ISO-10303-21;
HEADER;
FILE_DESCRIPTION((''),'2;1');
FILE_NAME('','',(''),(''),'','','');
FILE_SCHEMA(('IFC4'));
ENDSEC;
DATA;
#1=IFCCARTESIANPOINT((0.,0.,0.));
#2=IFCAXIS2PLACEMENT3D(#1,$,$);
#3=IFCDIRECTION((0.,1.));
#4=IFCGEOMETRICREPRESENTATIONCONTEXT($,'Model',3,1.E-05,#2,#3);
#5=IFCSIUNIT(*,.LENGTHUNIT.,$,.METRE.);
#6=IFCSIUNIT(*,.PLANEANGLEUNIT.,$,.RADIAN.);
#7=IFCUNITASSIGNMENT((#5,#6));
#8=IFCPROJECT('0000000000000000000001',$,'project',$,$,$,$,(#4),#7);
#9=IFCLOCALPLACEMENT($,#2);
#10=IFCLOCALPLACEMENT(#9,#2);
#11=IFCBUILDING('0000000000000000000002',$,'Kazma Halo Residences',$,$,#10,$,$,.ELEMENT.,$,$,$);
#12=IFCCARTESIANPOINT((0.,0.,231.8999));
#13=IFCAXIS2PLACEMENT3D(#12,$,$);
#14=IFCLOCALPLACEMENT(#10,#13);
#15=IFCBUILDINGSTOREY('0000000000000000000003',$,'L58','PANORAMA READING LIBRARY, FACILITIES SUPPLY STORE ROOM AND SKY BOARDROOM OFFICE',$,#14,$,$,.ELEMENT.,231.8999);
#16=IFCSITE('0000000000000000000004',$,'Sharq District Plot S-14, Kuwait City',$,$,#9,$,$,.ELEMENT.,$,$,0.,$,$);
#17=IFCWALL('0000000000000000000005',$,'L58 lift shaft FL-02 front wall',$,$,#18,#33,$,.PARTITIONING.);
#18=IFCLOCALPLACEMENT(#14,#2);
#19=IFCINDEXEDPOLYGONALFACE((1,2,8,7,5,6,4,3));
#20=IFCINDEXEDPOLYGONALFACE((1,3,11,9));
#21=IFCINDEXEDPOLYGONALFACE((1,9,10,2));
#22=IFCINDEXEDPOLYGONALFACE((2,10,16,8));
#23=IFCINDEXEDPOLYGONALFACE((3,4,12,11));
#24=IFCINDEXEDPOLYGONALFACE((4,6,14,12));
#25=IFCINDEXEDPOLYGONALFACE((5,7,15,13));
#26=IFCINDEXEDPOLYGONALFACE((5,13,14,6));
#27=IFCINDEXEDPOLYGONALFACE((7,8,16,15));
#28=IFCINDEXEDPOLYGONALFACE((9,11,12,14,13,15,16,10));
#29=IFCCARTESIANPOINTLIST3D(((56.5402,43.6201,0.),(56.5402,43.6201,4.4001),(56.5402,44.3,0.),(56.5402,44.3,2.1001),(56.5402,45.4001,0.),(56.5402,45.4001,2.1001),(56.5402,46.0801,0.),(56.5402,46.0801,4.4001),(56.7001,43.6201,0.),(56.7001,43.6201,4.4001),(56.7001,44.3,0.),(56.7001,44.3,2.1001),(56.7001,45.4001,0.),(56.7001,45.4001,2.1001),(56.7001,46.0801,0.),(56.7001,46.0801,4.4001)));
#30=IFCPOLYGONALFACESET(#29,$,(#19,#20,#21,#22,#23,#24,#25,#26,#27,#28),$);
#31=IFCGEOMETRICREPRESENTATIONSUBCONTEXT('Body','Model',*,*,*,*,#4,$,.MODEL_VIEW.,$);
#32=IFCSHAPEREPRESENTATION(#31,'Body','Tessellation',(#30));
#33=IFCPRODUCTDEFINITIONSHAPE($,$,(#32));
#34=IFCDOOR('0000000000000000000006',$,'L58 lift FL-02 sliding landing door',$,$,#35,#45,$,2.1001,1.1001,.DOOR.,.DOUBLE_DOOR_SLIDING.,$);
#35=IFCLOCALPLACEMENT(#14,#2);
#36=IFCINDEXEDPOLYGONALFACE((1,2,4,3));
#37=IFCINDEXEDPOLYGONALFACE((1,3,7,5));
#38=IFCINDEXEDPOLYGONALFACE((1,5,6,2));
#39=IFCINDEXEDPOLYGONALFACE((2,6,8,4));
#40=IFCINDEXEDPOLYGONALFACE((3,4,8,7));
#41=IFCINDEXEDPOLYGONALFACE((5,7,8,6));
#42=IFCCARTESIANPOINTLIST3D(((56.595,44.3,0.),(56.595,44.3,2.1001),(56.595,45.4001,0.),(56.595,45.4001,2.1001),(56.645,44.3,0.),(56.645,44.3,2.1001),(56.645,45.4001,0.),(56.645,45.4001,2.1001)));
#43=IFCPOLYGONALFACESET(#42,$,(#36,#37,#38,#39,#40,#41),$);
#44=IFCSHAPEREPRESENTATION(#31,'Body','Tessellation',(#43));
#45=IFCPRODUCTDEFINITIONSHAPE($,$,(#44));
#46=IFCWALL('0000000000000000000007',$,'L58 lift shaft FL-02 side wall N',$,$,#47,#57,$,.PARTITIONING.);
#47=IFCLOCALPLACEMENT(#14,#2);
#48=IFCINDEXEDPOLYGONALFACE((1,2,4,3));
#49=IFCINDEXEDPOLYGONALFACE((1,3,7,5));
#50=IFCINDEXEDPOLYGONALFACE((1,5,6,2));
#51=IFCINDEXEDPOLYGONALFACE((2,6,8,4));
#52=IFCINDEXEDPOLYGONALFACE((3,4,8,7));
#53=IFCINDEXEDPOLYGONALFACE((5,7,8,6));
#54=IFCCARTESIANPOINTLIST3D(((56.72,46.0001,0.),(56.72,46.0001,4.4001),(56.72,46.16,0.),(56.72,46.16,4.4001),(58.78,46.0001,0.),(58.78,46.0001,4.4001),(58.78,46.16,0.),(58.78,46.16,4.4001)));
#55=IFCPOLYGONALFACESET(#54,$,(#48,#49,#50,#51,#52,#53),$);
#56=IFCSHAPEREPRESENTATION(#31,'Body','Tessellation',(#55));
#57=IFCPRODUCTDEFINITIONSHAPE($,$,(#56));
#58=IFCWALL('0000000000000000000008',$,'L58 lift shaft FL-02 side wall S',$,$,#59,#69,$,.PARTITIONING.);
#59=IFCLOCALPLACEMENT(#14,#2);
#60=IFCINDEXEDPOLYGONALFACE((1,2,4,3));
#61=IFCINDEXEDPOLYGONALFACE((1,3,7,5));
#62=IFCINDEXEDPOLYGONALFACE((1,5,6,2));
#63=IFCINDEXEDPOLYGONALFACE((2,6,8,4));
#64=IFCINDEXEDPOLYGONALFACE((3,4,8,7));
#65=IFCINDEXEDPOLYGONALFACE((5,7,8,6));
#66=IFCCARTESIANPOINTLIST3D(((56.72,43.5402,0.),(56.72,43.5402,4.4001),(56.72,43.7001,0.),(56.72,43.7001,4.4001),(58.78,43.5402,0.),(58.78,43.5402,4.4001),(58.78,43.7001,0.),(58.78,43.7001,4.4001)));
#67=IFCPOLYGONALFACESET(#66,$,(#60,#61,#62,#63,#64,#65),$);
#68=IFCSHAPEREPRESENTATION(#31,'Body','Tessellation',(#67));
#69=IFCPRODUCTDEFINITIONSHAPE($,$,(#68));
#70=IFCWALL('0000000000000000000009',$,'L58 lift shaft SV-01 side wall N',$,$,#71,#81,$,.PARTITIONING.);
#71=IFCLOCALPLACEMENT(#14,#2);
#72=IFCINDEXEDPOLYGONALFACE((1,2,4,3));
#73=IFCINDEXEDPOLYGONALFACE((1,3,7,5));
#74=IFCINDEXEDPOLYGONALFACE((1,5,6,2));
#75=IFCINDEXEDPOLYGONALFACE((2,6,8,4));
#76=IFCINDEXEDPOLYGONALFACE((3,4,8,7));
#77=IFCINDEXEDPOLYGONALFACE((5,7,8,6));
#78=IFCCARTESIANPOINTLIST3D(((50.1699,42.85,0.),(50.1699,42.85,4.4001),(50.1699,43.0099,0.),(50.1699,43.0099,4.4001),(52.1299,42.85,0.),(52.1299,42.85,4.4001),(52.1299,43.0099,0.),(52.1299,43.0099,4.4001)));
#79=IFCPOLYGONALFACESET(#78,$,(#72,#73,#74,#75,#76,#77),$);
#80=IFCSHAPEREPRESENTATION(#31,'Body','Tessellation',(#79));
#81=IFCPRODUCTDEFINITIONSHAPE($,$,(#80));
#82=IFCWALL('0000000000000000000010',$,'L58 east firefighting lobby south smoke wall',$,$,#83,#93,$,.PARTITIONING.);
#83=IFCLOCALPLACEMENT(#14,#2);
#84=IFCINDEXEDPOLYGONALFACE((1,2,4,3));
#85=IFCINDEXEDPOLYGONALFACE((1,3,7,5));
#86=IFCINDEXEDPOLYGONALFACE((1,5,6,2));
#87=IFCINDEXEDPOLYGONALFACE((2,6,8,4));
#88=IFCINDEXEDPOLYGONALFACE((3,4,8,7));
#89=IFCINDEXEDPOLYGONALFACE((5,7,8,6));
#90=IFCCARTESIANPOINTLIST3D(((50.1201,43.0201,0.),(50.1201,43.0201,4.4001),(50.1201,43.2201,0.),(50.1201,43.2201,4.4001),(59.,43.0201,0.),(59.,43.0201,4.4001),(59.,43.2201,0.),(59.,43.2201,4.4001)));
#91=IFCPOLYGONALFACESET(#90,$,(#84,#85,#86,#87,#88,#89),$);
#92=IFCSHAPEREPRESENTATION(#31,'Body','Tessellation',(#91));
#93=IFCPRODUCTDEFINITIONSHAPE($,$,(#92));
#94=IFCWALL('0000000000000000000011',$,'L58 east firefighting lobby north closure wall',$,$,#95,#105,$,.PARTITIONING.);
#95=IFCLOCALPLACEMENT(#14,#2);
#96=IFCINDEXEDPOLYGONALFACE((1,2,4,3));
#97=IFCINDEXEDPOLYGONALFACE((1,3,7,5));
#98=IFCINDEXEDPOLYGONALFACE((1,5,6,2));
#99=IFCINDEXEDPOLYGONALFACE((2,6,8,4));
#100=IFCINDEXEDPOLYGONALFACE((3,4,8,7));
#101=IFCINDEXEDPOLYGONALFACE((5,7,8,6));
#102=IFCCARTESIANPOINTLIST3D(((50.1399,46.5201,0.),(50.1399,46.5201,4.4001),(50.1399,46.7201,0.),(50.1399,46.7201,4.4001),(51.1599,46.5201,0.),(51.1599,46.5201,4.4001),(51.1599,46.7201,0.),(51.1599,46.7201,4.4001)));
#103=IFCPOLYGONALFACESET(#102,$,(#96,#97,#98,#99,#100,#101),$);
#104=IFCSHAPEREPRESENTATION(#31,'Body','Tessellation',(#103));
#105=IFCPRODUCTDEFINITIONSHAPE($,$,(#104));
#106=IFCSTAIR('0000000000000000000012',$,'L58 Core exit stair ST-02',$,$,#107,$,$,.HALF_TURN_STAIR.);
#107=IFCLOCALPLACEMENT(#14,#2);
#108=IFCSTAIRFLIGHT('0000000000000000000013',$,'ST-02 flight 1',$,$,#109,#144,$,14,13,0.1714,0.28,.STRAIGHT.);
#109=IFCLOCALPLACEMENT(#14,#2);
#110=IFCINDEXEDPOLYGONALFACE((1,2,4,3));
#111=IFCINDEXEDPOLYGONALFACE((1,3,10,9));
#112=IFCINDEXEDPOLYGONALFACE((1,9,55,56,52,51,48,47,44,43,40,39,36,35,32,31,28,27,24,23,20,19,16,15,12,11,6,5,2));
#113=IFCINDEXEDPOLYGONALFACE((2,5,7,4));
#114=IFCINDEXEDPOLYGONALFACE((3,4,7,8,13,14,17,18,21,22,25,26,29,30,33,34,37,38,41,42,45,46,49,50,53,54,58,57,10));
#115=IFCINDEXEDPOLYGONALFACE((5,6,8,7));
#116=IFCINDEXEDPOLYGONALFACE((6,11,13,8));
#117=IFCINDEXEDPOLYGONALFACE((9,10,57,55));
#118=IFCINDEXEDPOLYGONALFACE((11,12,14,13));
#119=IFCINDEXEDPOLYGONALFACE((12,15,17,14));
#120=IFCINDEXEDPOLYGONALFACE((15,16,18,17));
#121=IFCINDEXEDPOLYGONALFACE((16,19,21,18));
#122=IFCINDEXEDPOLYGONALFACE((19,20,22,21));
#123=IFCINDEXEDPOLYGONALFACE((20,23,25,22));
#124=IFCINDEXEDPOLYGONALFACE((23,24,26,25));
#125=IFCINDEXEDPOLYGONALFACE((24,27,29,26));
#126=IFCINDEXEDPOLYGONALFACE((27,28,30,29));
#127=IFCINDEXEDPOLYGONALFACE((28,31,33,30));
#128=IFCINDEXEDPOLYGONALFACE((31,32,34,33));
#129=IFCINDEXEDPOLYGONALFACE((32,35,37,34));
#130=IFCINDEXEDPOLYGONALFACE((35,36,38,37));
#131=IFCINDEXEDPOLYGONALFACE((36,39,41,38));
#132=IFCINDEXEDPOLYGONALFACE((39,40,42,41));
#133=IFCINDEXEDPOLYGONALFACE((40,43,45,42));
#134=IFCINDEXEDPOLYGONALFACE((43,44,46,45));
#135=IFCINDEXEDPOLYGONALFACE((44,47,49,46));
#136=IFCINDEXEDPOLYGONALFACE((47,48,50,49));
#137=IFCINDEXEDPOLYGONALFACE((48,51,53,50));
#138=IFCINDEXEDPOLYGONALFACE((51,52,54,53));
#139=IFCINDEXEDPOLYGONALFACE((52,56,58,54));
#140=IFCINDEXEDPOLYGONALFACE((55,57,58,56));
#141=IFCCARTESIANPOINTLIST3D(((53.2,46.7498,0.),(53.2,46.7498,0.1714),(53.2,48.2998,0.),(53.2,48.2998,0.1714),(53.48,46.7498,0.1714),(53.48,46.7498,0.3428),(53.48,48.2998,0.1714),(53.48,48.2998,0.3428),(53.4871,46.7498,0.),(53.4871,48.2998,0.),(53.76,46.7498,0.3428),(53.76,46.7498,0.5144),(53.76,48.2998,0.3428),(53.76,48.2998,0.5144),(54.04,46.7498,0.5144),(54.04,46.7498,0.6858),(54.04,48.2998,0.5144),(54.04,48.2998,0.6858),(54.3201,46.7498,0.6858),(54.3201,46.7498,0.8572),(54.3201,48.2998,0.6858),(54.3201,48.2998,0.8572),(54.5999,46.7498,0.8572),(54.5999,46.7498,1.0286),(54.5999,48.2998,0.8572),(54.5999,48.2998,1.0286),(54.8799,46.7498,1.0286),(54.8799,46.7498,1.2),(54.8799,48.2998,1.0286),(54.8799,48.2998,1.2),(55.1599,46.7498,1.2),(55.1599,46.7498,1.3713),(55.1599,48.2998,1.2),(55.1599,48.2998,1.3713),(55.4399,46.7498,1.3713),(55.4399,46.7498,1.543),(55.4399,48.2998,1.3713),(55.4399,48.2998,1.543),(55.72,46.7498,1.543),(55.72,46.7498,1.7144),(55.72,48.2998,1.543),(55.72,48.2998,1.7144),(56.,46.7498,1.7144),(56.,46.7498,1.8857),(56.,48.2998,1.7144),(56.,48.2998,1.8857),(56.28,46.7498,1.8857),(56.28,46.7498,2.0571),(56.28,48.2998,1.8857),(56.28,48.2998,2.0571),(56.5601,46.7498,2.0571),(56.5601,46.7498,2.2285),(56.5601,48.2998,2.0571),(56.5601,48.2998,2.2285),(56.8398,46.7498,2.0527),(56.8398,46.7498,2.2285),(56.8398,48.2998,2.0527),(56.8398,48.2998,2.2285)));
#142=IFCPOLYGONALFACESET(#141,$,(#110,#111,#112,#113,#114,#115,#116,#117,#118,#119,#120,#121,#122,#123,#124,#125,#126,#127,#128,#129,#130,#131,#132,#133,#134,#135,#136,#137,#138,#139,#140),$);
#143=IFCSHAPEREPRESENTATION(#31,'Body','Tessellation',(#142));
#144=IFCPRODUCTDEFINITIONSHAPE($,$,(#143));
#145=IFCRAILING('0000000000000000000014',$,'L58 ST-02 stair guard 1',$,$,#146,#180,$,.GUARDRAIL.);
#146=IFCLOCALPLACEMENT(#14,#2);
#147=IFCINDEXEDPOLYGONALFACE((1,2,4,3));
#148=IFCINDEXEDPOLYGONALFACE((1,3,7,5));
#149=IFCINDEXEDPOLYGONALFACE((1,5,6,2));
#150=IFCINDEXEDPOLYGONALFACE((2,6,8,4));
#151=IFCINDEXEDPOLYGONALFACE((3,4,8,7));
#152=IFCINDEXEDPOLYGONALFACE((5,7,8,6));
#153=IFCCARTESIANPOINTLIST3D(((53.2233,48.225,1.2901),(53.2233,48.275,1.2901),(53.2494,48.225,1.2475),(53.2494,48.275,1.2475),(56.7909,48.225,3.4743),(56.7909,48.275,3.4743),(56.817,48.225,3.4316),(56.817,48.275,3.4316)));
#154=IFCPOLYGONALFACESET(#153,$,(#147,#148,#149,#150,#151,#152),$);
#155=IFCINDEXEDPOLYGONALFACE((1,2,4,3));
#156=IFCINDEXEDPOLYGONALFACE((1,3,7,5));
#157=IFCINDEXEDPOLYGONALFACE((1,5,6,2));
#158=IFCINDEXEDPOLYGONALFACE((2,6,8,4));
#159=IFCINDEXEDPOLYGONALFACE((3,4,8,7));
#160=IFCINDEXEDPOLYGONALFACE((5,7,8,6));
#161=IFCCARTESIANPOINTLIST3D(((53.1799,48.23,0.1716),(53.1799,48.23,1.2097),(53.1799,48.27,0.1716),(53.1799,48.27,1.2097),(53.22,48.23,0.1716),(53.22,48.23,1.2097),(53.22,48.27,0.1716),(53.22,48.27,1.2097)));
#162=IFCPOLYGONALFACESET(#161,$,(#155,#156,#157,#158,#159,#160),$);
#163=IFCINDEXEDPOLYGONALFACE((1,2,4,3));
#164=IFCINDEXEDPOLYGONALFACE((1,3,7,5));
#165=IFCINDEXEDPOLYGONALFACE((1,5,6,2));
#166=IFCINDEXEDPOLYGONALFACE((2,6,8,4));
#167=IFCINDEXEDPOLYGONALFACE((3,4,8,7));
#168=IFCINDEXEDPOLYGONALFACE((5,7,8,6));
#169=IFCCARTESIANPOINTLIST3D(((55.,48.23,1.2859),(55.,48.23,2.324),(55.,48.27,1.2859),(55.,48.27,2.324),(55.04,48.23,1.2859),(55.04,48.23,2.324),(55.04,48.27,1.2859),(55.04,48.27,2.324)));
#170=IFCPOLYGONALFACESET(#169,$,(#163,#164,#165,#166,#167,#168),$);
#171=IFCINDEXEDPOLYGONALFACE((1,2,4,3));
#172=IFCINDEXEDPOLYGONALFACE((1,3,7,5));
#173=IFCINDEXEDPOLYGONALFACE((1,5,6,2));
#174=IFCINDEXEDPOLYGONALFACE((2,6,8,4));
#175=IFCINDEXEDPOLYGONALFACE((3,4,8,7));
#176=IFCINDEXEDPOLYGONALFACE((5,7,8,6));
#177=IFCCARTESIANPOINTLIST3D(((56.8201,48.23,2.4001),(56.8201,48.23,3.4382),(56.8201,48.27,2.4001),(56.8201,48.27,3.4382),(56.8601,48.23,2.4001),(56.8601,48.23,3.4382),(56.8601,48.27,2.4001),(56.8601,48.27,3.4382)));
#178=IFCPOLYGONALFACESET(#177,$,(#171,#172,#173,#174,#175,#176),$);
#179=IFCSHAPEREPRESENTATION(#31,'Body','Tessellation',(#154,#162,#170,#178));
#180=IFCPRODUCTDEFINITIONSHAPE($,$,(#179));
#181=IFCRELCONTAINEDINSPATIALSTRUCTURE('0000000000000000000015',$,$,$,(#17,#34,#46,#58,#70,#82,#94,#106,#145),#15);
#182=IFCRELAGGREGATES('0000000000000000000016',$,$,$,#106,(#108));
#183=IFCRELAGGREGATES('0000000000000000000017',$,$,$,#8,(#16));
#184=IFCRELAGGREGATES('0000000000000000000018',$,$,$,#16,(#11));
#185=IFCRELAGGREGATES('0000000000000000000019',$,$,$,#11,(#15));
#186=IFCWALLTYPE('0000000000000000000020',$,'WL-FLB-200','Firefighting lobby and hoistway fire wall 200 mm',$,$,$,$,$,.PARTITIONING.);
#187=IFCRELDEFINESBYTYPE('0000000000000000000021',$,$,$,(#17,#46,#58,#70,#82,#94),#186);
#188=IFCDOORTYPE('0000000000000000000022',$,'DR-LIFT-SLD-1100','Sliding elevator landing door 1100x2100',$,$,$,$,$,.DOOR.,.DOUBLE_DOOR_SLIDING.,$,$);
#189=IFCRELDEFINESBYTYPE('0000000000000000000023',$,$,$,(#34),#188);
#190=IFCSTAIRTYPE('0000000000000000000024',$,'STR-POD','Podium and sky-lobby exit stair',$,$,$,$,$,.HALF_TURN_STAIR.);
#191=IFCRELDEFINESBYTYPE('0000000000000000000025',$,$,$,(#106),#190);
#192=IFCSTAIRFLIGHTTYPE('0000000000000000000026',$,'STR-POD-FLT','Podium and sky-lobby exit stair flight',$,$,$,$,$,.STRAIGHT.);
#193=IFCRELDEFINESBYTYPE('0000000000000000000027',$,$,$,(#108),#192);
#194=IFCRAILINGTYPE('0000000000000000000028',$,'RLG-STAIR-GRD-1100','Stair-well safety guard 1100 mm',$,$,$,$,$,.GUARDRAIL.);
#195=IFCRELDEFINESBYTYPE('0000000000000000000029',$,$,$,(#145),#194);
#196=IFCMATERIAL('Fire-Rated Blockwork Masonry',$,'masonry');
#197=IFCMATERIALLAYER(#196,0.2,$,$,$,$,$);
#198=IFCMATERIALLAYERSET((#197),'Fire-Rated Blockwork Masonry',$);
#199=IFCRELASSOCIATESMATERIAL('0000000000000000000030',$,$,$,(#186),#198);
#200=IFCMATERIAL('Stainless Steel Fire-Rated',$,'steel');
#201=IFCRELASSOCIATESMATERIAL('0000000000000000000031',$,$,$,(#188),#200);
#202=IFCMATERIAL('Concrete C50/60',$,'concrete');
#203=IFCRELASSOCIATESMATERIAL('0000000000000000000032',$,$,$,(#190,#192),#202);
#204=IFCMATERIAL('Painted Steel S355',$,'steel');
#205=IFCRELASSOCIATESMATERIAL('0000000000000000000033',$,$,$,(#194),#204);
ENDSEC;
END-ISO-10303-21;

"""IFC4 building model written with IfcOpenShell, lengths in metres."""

from ifc_helpers import new_model, si_unit, direction, frame, frame_2d, origin, origin_2d, place, context, subcontext, project, spatial, polyline, rectangle, outline, extrude, material, layer, layer_set, type_object, element, fill, aggregate, save


model = new_model("IFC4")

# Units and contexts
model_context = context("Model", 3, precision=1e-05, world=origin(), true_north=direction((0.0, 1.0)))
body_context = subcontext(model_context, "Body", "Model", "MODEL_VIEW")
ifc_project = project(units=[si_unit("LENGTHUNIT", "METRE"), si_unit("PLANEANGLEUNIT", "RADIAN")], contexts=[model_context])

# Site, building, storey
site_placement = place(None, origin())
site = spatial("IfcSite", under=ifc_project, at=site_placement, Name="Sharq District Plot S-14, Kuwait City", CompositionType="ELEMENT", RefElevation=0.0)
building_placement = place(site_placement, origin())
building = spatial("IfcBuilding", under=site, at=building_placement, Name="Kazma Halo Residences", CompositionType="ELEMENT")
storey_placement = place(building_placement, frame((0.0, 0.0, 231.8999)))
storey = spatial("IfcBuildingStorey", under=building, at=storey_placement, Name="L58", Description="PANORAMA READING LIBRARY, FACILITIES SUPPLY STORE ROOM AND SKY BOARDROOM OFFICE", CompositionType="ELEMENT", Elevation=231.8999)

# Shared definitions
ifc_material_1 = material(Name="Fire-Rated Blockwork Masonry", Category="masonry")
ifc_layer_1 = layer(ifc_material_1, 0.2)
ifc_layer_set_1 = layer_set([ifc_layer_1], Name="Fire-Rated Blockwork Masonry")
wall_type_1 = type_object("IfcWallType", Name="WL-FLB-200", Description="Firefighting lobby and hoistway fire wall 200 mm", PredefinedType="PARTITIONING", material=ifc_layer_set_1)

# Wall, opening, door
wall_1_placement = place(storey_placement, frame((56.6201, 46.0801, 0.0), z_axis=(0.0, 0.0, 1.0), x_axis=(0.0, -1.0, 0.0)))
wall_1 = element("IfcWall", 1, at=wall_1_placement, inside=storey, type_object=wall_type_1, Name="L58 lift shaft FL-02 front wall", PredefinedType="PARTITIONING", context=body_context, shape_type="SweptSolid", body=[
    extrude(rectangle(XDim=2.46, YDim=0.1599, at=frame_2d((1.23, 0.0))), origin(), (0.0, 0.0, 1.0), 4.4001),
])
opening_1_placement = place(wall_1_placement, frame((0.6799, 0.0, 0.0)))
opening_1 = element("IfcOpeningElement", 2, at=opening_1_placement, cuts=wall_1, PredefinedType="OPENING", context=body_context, shape_type="SweptSolid", body=[
    extrude(rectangle(XDim=1.1001, YDim=2.1001, at=frame_2d((0.55, 1.05))), frame((0.0, 0.0898, 0.0), z_axis=(0.0, -1.0, 0.0), x_axis=(1.0, 0.0, 0.0)), (0.0, 0.0, 1.0), 0.1799),
])
ifc_material_2 = material(Name="Stainless Steel Fire-Rated", Category="steel")
door_type_1 = type_object("IfcDoorType", Name="DR-LIFT-SLD-1100", Description="Sliding elevator landing door 1100x2100", OperationType="DOUBLE_DOOR_SLIDING", PredefinedType="DOOR", material=ifc_material_2)
door_1_placement = place(opening_1_placement, origin())
door_1 = element("IfcDoor", 3, at=door_1_placement, inside=storey, type_object=door_type_1, Name="L58 lift FL-02 sliding landing door", OperationType="DOUBLE_DOOR_SLIDING", OverallHeight=2.1001, OverallWidth=1.1001, PredefinedType="DOOR", context=body_context, shape_type="SweptSolid", body=[
    extrude(rectangle(XDim=1.1001, YDim=2.1001, at=frame_2d((0.55, 1.05))), frame((0.0, 0.0249, 0.0), z_axis=(0.0, -1.0, 0.0), x_axis=(1.0, 0.0, 0.0)), (0.0, 0.0, 1.0), 0.05),
])
fill(opening_1, door_1)

# Walls
for number, where, z_axis, x_axis, name in (
    (4, (56.72, 46.0801, 0.0), (0.0, 0.0, 1.0), (1.0, 0.0, 0.0), "L58 lift shaft FL-02 side wall N"),
    (5, (56.72, 43.6201, 0.0), (0.0, 0.0, 1.0), (1.0, 0.0, 0.0), "L58 lift shaft FL-02 side wall S"),
):
    element("IfcWall", number, at=place(storey_placement, frame(where, z_axis=z_axis, x_axis=x_axis)), inside=storey, type_object=wall_type_1, Name=name, PredefinedType="PARTITIONING", context=body_context, shape_type="SweptSolid", body=[
        extrude(rectangle(XDim=2.0601, YDim=0.1599, at=frame_2d((1.03, 0.0))), origin(), (0.0, 0.0, 1.0), 4.4001),
    ])
wall_2_placement = place(storey_placement, frame((50.1699, 42.9299, 0.0), z_axis=(0.0, 0.0, 1.0), x_axis=(1.0, 0.0, 0.0)))
element("IfcWall", 6, at=wall_2_placement, inside=storey, type_object=wall_type_1, Name="L58 lift shaft SV-01 side wall N", PredefinedType="PARTITIONING", context=body_context, shape_type="SweptSolid", body=[
    extrude(rectangle(XDim=1.96, YDim=0.1599, at=frame_2d((0.98, 0.0))), origin(), (0.0, 0.0, 1.0), 4.4001),
])
wall_3_placement = place(storey_placement, frame((50.1201, 43.1201, 0.0), z_axis=(0.0, 0.0, 1.0), x_axis=(1.0, 0.0, 0.0)))
element("IfcWall", 7, at=wall_3_placement, inside=storey, type_object=wall_type_1, Name="L58 east firefighting lobby south smoke wall", PredefinedType="PARTITIONING", context=body_context, shape_type="SweptSolid", body=[
    extrude(rectangle(XDim=8.8799, YDim=0.2, at=frame_2d((4.4399, 0.0))), origin(), (0.0, 0.0, 1.0), 4.4001),
])
wall_4_placement = place(storey_placement, frame((50.1399, 46.6201, 0.0), z_axis=(0.0, 0.0, 1.0), x_axis=(1.0, 0.0, 0.0)))
element("IfcWall", 8, at=wall_4_placement, inside=storey, type_object=wall_type_1, Name="L58 east firefighting lobby north closure wall", PredefinedType="PARTITIONING", context=body_context, shape_type="SweptSolid", body=[
    extrude(rectangle(XDim=1.02, YDim=0.2, at=frame_2d((0.51, 0.0))), origin(), (0.0, 0.0, 1.0), 4.4001),
])

# Shared definitions
ifc_material_3 = material(Name="Concrete C50/60", Category="concrete")

# Stair, stair flight
stair_type = type_object("IfcStairType", Name="STR-POD", Description="Podium and sky-lobby exit stair", PredefinedType="HALF_TURN_STAIR", material=ifc_material_3)
stair_placement = place(storey_placement, origin())
stair = element("IfcStair", 9, at=stair_placement, inside=storey, type_object=stair_type, Name="L58 Core exit stair ST-02", PredefinedType="HALF_TURN_STAIR")
stair_flight_type = type_object("IfcStairFlightType", Name="STR-POD-FLT", Description="Podium and sky-lobby exit stair flight", PredefinedType="STRAIGHT", material=ifc_material_3)
stair_flight_placement = place(storey_placement, frame((53.2, 47.5249, 0.0), z_axis=(0.0, 0.0, 1.0), x_axis=(1.0, 0.0, 0.0)))
stair_flight = element("IfcStairFlight", 10, at=stair_flight_placement, type_object=stair_flight_type, Name="ST-02 flight 1", NumberOfRisers=14, NumberOfTreads=13, PredefinedType="STRAIGHT", RiserHeight=0.1714, TreadLength=0.28, context=body_context, shape_type="SweptSolid", body=[
    extrude(outline(polyline([(0.0, 0.0), (0.0, 0.1714), (0.28, 0.1714), (0.28, 0.3428), (0.5601, 0.3428), (0.5601, 0.5144), (0.8401, 0.5144), (0.8401, 0.6858), (1.1201, 0.6858), (1.1201, 0.8572), (1.3999, 0.8572), (1.3999, 1.0286), (1.6799, 1.0286), (1.6799, 1.2), (1.96, 1.2), (1.96, 1.3713), (2.24, 1.3713), (2.24, 1.543), (2.52, 1.543), (2.52, 1.7144), (2.8, 1.7144), (2.8, 1.8857), (3.0801, 1.8857), (3.0801, 2.0571), (3.3601, 2.0571), (3.3601, 2.2285), (3.6399, 2.2285), (3.6399, 2.3999), (3.6399, 2.0527), (0.2871, 0.0), (0.0, 0.0)])), frame((0.0, 0.7749, 0.0), z_axis=(0.0, -1.0, 0.0), x_axis=(1.0, 0.0, 0.0)), (0.0, 0.0, 1.0), 1.55),
])
aggregate(stair, [stair_flight])

# Railing
ifc_material_4 = material(Name="Painted Steel S355", Category="steel")
railing_type_1 = type_object("IfcRailingType", Name="RLG-STAIR-GRD-1100", Description="Stair-well safety guard 1100 mm", PredefinedType="GUARDRAIL", material=ifc_material_4)
railing_1_placement = place(storey_placement, frame((53.2, 48.25, 0.1716)))
element("IfcRailing", 11, at=railing_1_placement, inside=storey, type_object=railing_type_1, Name="L58 ST-02 stair guard 1", PredefinedType="GUARDRAIL", context=body_context, shape_type="SweptSolid", body=[
    extrude(rectangle(XDim=0.05, YDim=0.05, at=origin_2d()), frame((0.0364, 0.0, 1.0972), z_axis=(0.852866, 0.0, 0.52213), x_axis=(0.0, 1.0, 0.0)), (0.0, 0.0, 1.0), 4.1831),
    extrude(rectangle(XDim=0.04, YDim=0.04, at=origin_2d()), origin(), (0.0, 0.0, 1.0), 1.0381),
    extrude(rectangle(XDim=0.04, YDim=0.04, at=origin_2d()), frame((1.8201, 0.0, 1.1143)), (0.0, 0.0, 1.0), 1.0381),
    extrude(rectangle(XDim=0.04, YDim=0.04, at=origin_2d()), frame((3.6401, 0.0, 2.2285)), (0.0, 0.0, 1.0), 1.0381),
])

save(model, "model.ifc")
